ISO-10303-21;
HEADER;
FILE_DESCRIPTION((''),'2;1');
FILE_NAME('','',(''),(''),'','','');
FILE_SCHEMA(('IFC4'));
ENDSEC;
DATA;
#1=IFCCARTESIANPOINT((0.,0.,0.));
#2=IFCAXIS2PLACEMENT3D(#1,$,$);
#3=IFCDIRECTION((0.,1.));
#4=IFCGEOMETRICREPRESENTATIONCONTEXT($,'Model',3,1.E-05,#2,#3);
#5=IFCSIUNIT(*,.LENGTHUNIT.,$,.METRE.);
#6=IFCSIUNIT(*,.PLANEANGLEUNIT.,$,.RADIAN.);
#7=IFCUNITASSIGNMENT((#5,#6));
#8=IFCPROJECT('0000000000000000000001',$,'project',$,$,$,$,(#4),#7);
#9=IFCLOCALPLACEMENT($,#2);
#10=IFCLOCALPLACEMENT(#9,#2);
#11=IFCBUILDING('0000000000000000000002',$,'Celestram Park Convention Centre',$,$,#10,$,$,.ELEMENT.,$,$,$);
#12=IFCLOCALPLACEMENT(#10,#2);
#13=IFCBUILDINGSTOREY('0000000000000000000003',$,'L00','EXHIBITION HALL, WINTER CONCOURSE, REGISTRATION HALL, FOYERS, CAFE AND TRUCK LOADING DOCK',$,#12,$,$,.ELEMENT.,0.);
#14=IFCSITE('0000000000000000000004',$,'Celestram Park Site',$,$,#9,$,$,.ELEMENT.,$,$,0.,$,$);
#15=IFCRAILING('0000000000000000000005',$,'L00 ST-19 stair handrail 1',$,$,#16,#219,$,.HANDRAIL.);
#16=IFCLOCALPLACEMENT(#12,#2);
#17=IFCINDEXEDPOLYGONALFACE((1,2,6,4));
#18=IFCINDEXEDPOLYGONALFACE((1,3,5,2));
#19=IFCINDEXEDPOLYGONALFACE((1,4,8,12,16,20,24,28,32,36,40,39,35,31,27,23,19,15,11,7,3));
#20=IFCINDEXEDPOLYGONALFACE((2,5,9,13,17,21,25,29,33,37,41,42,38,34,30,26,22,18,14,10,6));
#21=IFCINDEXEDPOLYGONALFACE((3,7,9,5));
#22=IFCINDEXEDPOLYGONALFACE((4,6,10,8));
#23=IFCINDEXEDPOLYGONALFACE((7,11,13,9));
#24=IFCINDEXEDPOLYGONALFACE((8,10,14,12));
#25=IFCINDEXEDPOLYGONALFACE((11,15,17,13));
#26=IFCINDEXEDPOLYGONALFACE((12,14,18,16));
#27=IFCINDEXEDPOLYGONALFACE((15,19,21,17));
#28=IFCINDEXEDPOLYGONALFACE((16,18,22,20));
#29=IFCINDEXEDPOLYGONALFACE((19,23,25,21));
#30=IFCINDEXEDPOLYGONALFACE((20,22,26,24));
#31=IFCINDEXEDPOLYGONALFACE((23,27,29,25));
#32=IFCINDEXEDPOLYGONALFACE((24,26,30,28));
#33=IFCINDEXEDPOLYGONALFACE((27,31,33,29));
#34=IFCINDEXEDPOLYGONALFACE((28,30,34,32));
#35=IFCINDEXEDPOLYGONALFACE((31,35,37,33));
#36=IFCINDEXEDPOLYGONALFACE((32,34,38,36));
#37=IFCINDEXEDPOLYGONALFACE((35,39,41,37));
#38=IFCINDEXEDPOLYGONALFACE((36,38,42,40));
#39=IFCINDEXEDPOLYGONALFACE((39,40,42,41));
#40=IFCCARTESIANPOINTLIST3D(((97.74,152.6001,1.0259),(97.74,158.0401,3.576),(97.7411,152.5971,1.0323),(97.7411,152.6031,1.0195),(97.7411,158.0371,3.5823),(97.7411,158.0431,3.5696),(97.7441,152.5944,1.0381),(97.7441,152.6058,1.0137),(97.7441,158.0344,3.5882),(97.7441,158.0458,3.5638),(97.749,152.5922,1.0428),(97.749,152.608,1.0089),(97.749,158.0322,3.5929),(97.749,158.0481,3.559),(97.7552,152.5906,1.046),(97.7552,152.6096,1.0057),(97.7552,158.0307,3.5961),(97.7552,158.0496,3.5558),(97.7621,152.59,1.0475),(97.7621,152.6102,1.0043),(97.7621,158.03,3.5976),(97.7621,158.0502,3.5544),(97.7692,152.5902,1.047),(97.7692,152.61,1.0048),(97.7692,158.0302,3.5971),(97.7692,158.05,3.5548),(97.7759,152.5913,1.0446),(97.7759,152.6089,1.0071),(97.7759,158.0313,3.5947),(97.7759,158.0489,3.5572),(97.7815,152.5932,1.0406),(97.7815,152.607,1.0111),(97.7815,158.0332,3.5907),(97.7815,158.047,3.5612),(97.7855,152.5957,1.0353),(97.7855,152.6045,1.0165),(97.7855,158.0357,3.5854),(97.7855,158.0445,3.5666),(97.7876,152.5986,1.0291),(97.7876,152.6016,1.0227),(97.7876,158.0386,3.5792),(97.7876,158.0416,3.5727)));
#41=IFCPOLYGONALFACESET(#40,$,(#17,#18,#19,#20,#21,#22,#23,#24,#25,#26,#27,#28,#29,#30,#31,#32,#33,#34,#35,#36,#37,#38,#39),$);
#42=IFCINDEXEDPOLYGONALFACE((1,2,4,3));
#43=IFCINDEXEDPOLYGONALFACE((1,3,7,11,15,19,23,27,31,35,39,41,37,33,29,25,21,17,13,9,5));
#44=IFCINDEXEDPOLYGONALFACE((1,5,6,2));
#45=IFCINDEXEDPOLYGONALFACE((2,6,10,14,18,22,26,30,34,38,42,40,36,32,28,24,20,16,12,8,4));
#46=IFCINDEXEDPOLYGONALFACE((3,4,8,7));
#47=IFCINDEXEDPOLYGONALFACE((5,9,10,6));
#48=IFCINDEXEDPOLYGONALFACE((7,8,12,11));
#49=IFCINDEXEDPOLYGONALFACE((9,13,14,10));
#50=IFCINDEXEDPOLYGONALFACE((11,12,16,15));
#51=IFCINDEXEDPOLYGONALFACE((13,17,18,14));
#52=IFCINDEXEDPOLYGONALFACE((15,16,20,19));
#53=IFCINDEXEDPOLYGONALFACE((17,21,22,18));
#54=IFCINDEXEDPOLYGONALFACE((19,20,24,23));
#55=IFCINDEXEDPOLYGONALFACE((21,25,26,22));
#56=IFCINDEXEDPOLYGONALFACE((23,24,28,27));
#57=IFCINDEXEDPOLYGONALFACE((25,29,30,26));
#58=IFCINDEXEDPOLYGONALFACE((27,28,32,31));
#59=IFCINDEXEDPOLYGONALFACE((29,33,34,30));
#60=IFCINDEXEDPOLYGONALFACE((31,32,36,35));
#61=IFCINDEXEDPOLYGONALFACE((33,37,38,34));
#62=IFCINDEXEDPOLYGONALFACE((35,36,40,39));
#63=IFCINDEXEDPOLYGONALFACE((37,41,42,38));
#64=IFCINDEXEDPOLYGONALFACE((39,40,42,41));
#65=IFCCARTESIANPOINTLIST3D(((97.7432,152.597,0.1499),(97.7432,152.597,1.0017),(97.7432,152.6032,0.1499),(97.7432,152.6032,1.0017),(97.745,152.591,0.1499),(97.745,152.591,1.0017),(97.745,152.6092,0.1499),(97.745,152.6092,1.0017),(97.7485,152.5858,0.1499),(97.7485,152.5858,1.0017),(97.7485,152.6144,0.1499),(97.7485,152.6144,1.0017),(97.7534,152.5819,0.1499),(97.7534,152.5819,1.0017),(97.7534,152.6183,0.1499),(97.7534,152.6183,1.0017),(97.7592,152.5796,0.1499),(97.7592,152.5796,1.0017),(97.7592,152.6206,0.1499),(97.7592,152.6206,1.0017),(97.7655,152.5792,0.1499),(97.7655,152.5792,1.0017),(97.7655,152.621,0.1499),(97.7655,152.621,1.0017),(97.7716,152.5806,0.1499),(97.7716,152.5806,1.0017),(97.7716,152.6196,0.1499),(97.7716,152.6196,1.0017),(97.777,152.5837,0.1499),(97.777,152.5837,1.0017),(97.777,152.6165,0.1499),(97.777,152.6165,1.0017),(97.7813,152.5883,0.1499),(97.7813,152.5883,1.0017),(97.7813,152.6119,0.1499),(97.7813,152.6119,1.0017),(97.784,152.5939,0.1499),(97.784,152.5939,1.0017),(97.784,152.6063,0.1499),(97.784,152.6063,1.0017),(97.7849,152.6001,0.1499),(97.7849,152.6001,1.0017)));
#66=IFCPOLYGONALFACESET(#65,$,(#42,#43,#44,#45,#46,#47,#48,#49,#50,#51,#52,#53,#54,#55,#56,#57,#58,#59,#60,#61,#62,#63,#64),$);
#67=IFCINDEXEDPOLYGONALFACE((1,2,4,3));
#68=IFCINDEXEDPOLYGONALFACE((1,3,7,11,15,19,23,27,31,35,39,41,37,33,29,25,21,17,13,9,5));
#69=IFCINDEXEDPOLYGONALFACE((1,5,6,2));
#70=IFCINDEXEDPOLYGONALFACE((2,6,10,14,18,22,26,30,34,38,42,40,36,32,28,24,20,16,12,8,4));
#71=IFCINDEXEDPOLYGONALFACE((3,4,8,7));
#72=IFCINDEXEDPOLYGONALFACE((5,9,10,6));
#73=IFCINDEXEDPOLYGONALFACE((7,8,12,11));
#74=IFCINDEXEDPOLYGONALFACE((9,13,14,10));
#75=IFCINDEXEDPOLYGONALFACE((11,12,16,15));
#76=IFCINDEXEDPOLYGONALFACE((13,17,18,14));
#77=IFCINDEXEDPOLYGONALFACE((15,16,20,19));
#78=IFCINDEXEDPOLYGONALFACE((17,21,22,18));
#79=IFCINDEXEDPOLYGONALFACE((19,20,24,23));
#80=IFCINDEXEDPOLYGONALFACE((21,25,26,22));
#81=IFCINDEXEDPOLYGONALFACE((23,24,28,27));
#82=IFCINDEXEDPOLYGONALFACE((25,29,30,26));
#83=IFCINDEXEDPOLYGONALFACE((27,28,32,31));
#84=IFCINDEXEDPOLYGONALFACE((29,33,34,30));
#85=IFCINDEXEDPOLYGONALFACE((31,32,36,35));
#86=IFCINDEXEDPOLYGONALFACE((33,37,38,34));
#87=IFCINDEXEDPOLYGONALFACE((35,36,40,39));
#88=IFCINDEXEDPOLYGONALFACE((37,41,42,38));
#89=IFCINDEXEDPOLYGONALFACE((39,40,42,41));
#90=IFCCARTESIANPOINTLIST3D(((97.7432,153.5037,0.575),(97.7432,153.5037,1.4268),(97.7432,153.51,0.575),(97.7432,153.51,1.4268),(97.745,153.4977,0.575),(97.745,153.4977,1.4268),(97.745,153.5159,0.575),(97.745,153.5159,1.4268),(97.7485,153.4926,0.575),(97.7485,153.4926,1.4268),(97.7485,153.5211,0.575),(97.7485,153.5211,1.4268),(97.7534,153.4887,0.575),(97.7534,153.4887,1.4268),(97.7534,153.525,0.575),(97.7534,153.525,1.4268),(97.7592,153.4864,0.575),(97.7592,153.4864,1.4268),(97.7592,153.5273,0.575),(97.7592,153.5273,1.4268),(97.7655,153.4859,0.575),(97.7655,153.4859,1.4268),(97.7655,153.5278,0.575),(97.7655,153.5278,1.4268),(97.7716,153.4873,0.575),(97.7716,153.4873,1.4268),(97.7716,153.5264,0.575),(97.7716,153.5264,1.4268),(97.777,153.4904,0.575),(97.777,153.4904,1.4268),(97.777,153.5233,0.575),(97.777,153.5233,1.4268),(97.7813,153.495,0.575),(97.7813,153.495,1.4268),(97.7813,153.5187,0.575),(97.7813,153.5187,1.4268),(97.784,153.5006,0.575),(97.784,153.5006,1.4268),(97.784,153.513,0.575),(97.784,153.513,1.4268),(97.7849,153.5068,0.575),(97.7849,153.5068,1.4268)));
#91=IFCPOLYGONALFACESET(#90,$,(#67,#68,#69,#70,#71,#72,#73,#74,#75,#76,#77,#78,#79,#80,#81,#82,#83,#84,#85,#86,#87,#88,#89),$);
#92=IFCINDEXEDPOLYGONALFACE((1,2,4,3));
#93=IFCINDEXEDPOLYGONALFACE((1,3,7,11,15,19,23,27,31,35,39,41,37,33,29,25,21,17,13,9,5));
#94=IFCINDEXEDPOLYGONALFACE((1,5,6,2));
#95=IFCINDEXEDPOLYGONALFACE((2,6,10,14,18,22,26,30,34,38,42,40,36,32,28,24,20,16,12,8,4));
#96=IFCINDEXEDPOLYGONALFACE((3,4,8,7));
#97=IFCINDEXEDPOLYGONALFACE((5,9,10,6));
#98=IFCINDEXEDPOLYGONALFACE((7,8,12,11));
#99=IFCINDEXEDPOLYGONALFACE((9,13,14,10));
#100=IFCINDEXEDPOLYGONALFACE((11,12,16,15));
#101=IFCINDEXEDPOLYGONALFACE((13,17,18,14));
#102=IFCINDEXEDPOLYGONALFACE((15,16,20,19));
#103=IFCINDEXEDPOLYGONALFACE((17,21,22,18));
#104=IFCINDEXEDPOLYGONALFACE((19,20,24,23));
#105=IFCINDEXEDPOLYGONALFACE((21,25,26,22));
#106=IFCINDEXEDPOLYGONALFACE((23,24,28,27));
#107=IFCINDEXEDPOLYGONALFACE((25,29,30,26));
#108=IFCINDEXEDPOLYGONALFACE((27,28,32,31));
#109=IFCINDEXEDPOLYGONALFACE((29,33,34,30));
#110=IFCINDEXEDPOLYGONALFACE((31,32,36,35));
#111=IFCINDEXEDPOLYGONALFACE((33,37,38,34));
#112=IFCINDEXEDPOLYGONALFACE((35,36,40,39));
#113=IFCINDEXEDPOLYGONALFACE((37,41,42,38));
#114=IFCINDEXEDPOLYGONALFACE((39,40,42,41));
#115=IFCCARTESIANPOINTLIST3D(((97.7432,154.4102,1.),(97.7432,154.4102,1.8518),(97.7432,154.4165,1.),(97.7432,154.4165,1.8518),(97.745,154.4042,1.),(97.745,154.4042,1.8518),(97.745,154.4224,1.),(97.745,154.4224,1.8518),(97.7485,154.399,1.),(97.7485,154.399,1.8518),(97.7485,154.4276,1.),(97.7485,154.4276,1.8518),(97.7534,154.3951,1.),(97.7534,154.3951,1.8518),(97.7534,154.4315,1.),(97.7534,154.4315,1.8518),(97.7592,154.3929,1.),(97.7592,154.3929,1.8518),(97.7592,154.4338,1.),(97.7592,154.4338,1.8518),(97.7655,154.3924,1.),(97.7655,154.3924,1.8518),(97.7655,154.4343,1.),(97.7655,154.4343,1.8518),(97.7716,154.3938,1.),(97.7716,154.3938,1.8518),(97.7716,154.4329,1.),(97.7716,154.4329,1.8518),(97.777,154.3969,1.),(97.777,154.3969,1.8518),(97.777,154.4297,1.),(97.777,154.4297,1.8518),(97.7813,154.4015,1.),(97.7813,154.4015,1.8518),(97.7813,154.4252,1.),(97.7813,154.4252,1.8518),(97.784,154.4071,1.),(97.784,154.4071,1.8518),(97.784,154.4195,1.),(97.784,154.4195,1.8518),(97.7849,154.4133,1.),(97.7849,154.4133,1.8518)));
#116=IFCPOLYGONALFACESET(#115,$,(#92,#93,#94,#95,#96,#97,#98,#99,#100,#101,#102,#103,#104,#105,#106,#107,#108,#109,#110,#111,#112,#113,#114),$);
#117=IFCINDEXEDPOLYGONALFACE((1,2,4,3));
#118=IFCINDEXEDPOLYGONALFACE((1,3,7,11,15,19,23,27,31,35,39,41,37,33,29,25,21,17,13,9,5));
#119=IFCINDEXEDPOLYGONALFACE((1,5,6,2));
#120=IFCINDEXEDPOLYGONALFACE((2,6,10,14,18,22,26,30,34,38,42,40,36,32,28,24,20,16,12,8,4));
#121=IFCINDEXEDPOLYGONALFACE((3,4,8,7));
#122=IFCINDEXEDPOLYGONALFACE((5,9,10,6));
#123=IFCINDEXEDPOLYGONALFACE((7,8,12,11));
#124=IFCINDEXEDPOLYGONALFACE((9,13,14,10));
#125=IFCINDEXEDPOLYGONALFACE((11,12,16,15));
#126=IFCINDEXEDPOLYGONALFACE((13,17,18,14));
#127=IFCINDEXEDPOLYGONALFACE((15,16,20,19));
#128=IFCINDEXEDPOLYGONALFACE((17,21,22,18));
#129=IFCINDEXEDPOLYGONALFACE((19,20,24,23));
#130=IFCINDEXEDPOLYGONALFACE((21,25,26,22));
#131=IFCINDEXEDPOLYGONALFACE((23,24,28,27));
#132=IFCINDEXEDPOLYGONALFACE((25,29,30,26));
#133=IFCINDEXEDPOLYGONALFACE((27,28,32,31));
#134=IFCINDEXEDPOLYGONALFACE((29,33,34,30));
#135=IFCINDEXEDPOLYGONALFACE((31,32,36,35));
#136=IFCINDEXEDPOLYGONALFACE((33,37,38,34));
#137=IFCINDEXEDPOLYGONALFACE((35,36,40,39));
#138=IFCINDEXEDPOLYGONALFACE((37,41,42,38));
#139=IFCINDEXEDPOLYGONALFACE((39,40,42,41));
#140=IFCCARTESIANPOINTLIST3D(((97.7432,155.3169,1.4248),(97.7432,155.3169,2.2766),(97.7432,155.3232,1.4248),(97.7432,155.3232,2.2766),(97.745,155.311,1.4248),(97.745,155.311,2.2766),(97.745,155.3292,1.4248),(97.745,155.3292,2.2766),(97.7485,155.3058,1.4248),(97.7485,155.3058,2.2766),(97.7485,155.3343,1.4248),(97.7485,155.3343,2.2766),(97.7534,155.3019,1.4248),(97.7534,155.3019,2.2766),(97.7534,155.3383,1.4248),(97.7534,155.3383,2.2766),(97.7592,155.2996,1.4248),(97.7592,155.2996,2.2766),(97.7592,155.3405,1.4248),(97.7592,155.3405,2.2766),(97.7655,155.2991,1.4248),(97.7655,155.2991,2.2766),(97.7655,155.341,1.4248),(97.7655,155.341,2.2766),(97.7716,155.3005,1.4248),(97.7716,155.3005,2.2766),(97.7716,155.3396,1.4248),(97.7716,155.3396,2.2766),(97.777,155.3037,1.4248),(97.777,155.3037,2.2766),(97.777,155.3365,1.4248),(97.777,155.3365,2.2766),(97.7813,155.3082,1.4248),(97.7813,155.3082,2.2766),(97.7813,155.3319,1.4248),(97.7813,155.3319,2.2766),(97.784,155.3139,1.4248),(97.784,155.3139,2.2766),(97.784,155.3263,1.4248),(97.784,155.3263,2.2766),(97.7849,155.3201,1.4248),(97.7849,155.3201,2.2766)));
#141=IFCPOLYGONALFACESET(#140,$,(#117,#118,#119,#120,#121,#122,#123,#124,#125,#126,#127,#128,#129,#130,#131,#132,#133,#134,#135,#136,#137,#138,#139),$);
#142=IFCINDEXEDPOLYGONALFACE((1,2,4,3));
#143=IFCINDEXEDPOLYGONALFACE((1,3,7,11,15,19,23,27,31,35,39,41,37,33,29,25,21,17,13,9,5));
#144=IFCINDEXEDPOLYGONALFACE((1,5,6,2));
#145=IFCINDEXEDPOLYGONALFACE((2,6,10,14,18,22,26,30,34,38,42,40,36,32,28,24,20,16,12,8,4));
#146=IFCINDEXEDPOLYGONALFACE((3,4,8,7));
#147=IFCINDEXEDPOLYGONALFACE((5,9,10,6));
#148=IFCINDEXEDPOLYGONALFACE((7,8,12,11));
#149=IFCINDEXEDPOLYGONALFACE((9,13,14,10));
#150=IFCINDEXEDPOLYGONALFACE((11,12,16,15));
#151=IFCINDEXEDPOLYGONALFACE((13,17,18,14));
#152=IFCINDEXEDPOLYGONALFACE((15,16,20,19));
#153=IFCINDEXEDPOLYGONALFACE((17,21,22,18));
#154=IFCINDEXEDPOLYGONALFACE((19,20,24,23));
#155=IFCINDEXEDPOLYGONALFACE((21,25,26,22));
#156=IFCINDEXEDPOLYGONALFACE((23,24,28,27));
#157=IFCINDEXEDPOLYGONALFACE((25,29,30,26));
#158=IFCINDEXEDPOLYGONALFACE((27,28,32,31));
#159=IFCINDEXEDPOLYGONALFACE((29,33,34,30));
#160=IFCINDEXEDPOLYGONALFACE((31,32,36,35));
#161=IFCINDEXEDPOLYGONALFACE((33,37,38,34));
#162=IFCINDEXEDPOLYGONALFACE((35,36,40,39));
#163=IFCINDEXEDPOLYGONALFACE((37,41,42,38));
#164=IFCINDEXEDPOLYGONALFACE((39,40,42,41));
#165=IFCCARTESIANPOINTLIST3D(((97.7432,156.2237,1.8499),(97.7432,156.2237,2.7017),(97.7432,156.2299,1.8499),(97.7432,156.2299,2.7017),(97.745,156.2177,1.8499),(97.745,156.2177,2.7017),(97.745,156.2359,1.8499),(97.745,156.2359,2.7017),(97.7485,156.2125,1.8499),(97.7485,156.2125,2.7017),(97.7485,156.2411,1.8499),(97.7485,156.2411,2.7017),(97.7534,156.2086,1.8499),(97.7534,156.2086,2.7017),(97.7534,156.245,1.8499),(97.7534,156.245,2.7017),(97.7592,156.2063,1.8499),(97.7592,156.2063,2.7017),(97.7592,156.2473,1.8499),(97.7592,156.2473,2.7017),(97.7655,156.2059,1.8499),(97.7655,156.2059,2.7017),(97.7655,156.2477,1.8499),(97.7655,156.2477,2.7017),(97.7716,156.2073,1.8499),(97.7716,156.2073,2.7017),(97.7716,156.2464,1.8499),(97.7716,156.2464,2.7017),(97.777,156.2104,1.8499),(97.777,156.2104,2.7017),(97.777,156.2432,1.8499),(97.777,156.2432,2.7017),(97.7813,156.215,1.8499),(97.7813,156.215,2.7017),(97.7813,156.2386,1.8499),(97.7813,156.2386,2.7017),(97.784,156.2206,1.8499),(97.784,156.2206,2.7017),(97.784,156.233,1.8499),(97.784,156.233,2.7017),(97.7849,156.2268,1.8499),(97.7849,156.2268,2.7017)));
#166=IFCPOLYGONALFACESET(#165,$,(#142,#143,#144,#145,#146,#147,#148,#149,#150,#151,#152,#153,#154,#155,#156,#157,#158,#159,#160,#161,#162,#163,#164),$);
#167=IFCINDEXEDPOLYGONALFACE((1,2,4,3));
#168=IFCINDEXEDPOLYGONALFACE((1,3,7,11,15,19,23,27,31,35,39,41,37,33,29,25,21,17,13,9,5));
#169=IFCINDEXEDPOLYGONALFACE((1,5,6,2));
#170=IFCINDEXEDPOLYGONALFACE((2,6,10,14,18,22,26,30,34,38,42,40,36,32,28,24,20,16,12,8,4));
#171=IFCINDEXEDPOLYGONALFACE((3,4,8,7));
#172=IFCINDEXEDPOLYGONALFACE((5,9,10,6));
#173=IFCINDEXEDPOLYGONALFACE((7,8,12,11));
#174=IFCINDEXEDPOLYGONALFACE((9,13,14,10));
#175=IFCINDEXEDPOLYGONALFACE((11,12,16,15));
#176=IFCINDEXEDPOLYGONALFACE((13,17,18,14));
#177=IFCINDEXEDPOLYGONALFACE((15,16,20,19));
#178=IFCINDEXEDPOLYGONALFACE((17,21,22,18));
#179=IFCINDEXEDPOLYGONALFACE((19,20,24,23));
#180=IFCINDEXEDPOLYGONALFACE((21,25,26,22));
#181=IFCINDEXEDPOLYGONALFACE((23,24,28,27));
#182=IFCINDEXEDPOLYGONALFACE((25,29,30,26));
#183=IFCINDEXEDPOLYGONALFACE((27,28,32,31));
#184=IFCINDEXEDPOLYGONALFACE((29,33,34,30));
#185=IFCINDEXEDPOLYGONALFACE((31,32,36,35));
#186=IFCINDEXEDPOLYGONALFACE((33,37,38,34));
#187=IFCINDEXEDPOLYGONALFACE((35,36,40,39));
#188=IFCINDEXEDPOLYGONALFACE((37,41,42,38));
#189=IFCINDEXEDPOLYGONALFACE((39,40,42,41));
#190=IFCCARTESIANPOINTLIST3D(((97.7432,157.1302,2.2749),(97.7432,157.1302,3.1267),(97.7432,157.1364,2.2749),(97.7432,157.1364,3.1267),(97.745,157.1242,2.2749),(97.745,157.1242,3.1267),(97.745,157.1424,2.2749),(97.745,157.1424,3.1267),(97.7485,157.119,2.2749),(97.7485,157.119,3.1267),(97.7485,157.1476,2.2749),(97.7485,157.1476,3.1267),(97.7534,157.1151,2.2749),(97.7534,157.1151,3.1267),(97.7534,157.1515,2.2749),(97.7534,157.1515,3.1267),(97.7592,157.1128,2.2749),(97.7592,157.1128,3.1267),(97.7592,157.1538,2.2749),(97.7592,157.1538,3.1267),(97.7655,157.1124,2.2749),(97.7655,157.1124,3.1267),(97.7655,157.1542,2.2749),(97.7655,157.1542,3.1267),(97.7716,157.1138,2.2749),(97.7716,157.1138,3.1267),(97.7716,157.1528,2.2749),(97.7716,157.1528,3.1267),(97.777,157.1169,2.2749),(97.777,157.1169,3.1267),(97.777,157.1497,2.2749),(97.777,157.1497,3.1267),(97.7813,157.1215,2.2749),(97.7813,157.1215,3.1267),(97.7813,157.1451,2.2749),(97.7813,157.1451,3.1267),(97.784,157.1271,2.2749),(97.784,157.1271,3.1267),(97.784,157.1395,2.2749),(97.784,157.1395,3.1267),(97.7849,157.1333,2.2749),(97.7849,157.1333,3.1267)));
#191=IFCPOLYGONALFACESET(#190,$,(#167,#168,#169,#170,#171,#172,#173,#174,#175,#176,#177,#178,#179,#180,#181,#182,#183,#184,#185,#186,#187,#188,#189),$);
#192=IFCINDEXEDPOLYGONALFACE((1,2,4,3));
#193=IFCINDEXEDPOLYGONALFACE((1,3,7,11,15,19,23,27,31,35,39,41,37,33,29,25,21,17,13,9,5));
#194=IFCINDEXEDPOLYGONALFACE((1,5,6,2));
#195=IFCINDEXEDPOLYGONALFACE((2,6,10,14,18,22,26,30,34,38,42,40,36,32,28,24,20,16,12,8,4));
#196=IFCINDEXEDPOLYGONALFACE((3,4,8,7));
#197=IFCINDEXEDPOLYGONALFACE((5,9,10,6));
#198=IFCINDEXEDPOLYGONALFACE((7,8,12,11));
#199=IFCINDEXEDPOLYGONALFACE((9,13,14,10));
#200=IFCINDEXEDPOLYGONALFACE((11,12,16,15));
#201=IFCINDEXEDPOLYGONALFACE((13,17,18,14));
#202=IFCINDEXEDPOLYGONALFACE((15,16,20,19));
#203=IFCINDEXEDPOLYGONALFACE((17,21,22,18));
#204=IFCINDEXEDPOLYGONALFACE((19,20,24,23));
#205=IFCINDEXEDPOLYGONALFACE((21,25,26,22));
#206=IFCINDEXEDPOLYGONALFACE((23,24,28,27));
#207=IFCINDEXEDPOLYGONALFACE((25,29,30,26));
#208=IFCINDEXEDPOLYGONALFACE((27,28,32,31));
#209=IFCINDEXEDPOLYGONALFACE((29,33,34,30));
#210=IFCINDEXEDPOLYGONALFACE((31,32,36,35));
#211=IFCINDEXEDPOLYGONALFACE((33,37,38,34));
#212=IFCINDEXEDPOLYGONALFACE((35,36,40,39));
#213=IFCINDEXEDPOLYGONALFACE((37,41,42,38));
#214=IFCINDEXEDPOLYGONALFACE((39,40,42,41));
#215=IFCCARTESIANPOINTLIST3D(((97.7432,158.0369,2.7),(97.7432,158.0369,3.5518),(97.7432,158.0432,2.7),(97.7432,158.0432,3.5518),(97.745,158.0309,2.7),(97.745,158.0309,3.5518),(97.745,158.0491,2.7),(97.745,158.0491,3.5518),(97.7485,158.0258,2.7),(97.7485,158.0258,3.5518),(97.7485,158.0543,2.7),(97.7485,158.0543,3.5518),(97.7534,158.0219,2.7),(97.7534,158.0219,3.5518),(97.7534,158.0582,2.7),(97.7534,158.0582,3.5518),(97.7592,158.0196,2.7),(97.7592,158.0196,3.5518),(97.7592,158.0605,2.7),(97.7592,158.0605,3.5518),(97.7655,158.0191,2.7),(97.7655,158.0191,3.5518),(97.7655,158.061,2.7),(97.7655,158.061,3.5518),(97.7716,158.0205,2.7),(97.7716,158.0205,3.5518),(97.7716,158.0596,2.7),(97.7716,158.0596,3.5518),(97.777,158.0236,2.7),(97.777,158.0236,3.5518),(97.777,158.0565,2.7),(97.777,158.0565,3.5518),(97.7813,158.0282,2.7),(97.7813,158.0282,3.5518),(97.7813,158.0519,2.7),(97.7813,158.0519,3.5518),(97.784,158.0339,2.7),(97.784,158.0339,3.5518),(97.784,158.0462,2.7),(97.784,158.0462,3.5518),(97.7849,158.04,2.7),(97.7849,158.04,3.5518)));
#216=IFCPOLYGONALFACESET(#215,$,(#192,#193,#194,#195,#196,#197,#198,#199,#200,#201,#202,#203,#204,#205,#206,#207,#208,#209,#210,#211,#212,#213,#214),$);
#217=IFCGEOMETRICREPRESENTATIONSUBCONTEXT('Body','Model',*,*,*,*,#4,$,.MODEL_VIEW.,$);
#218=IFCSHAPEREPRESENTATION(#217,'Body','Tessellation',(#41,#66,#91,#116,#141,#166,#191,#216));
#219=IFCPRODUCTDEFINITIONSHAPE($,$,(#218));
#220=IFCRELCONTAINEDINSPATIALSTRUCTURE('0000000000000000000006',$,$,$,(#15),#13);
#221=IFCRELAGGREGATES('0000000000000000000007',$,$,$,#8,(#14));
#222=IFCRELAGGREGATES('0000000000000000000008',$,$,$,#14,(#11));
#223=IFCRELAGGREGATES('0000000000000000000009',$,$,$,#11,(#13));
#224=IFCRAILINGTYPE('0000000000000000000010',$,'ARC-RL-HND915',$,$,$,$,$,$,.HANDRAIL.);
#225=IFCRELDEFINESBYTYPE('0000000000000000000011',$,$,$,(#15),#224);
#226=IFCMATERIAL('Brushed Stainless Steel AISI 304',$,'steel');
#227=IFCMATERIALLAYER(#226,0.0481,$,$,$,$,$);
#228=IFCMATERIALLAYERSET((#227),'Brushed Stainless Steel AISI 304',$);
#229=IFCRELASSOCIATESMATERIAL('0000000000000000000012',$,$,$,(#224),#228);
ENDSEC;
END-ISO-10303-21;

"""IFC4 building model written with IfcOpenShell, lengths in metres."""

from ifc_helpers import new_model, si_unit, direction, frame, origin, origin_2d, place, context, subcontext, project, spatial, circle, extrude, material, layer, layer_set, type_object, element, save


model = new_model("IFC4")

# Units and contexts
model_context = context("Model", 3, precision=1e-05, world=origin(), true_north=direction((0.0, 1.0)))
body_context = subcontext(model_context, "Body", "Model", "MODEL_VIEW")
ifc_project = project(units=[si_unit("LENGTHUNIT", "METRE"), si_unit("PLANEANGLEUNIT", "RADIAN")], contexts=[model_context])

# Site, building, storey
site_placement = place(None, origin())
site = spatial("IfcSite", under=ifc_project, at=site_placement, Name="Celestram Park Site", CompositionType="ELEMENT", RefElevation=0.0)
building_placement = place(site_placement, origin())
building = spatial("IfcBuilding", under=site, at=building_placement, Name="Celestram Park Convention Centre", CompositionType="ELEMENT")
storey_placement = place(building_placement, origin())
storey = spatial("IfcBuildingStorey", under=building, at=storey_placement, Name="L00", Description="EXHIBITION HALL, WINTER CONCOURSE, REGISTRATION HALL, FOYERS, CAFE AND TRUCK LOADING DOCK", CompositionType="ELEMENT", Elevation=0.0)

# Railing
ifc_material_1 = material(Name="Brushed Stainless Steel AISI 304", Category="steel")
ifc_layer_1 = layer(ifc_material_1, 0.0481)
ifc_layer_set_1 = layer_set([ifc_layer_1], Name="Brushed Stainless Steel AISI 304")
railing_type_1 = type_object("IfcRailingType", Name="ARC-RL-HND915", PredefinedType="HANDRAIL", material=ifc_layer_set_1)
railing_1_placement = place(storey_placement, frame((97.7639, 152.6001, 0.1499)))
element("IfcRailing", 1, at=railing_1_placement, inside=storey, type_object=railing_type_1, Name="L00 ST-19 stair handrail 1", PredefinedType="HANDRAIL", context=body_context, shape_type="SweptSolid", body=[
    extrude(circle(Radius=0.0239, at=origin_2d()), frame((0.0, 0.0, 0.876), z_axis=(0.0, 0.905454, 0.424444), x_axis=(-1.0, 0.0, 0.0)), (0.0, 0.0, 1.0), 6.0081),
    extrude(circle(Radius=0.021, at=origin_2d()), origin(), (0.0, 0.0, 1.0), 0.8518),
    extrude(circle(Radius=0.021, at=origin_2d()), frame((0.0, 0.9067, 0.425)), (0.0, 0.0, 1.0), 0.8518),
    extrude(circle(Radius=0.021, at=origin_2d()), frame((0.0, 1.8132, 0.8501)), (0.0, 0.0, 1.0), 0.8518),
    extrude(circle(Radius=0.021, at=origin_2d()), frame((0.0, 2.72, 1.2749)), (0.0, 0.0, 1.0), 0.8518),
    extrude(circle(Radius=0.021, at=origin_2d()), frame((0.0, 3.6267, 1.7)), (0.0, 0.0, 1.0), 0.8518),
    extrude(circle(Radius=0.021, at=origin_2d()), frame((0.0, 4.5332, 2.125)), (0.0, 0.0, 1.0), 0.8518),
    extrude(circle(Radius=0.021, at=origin_2d()), frame((0.0, 5.4399, 2.55)), (0.0, 0.0, 1.0), 0.8518),
])

save(model, "model.ifc")
